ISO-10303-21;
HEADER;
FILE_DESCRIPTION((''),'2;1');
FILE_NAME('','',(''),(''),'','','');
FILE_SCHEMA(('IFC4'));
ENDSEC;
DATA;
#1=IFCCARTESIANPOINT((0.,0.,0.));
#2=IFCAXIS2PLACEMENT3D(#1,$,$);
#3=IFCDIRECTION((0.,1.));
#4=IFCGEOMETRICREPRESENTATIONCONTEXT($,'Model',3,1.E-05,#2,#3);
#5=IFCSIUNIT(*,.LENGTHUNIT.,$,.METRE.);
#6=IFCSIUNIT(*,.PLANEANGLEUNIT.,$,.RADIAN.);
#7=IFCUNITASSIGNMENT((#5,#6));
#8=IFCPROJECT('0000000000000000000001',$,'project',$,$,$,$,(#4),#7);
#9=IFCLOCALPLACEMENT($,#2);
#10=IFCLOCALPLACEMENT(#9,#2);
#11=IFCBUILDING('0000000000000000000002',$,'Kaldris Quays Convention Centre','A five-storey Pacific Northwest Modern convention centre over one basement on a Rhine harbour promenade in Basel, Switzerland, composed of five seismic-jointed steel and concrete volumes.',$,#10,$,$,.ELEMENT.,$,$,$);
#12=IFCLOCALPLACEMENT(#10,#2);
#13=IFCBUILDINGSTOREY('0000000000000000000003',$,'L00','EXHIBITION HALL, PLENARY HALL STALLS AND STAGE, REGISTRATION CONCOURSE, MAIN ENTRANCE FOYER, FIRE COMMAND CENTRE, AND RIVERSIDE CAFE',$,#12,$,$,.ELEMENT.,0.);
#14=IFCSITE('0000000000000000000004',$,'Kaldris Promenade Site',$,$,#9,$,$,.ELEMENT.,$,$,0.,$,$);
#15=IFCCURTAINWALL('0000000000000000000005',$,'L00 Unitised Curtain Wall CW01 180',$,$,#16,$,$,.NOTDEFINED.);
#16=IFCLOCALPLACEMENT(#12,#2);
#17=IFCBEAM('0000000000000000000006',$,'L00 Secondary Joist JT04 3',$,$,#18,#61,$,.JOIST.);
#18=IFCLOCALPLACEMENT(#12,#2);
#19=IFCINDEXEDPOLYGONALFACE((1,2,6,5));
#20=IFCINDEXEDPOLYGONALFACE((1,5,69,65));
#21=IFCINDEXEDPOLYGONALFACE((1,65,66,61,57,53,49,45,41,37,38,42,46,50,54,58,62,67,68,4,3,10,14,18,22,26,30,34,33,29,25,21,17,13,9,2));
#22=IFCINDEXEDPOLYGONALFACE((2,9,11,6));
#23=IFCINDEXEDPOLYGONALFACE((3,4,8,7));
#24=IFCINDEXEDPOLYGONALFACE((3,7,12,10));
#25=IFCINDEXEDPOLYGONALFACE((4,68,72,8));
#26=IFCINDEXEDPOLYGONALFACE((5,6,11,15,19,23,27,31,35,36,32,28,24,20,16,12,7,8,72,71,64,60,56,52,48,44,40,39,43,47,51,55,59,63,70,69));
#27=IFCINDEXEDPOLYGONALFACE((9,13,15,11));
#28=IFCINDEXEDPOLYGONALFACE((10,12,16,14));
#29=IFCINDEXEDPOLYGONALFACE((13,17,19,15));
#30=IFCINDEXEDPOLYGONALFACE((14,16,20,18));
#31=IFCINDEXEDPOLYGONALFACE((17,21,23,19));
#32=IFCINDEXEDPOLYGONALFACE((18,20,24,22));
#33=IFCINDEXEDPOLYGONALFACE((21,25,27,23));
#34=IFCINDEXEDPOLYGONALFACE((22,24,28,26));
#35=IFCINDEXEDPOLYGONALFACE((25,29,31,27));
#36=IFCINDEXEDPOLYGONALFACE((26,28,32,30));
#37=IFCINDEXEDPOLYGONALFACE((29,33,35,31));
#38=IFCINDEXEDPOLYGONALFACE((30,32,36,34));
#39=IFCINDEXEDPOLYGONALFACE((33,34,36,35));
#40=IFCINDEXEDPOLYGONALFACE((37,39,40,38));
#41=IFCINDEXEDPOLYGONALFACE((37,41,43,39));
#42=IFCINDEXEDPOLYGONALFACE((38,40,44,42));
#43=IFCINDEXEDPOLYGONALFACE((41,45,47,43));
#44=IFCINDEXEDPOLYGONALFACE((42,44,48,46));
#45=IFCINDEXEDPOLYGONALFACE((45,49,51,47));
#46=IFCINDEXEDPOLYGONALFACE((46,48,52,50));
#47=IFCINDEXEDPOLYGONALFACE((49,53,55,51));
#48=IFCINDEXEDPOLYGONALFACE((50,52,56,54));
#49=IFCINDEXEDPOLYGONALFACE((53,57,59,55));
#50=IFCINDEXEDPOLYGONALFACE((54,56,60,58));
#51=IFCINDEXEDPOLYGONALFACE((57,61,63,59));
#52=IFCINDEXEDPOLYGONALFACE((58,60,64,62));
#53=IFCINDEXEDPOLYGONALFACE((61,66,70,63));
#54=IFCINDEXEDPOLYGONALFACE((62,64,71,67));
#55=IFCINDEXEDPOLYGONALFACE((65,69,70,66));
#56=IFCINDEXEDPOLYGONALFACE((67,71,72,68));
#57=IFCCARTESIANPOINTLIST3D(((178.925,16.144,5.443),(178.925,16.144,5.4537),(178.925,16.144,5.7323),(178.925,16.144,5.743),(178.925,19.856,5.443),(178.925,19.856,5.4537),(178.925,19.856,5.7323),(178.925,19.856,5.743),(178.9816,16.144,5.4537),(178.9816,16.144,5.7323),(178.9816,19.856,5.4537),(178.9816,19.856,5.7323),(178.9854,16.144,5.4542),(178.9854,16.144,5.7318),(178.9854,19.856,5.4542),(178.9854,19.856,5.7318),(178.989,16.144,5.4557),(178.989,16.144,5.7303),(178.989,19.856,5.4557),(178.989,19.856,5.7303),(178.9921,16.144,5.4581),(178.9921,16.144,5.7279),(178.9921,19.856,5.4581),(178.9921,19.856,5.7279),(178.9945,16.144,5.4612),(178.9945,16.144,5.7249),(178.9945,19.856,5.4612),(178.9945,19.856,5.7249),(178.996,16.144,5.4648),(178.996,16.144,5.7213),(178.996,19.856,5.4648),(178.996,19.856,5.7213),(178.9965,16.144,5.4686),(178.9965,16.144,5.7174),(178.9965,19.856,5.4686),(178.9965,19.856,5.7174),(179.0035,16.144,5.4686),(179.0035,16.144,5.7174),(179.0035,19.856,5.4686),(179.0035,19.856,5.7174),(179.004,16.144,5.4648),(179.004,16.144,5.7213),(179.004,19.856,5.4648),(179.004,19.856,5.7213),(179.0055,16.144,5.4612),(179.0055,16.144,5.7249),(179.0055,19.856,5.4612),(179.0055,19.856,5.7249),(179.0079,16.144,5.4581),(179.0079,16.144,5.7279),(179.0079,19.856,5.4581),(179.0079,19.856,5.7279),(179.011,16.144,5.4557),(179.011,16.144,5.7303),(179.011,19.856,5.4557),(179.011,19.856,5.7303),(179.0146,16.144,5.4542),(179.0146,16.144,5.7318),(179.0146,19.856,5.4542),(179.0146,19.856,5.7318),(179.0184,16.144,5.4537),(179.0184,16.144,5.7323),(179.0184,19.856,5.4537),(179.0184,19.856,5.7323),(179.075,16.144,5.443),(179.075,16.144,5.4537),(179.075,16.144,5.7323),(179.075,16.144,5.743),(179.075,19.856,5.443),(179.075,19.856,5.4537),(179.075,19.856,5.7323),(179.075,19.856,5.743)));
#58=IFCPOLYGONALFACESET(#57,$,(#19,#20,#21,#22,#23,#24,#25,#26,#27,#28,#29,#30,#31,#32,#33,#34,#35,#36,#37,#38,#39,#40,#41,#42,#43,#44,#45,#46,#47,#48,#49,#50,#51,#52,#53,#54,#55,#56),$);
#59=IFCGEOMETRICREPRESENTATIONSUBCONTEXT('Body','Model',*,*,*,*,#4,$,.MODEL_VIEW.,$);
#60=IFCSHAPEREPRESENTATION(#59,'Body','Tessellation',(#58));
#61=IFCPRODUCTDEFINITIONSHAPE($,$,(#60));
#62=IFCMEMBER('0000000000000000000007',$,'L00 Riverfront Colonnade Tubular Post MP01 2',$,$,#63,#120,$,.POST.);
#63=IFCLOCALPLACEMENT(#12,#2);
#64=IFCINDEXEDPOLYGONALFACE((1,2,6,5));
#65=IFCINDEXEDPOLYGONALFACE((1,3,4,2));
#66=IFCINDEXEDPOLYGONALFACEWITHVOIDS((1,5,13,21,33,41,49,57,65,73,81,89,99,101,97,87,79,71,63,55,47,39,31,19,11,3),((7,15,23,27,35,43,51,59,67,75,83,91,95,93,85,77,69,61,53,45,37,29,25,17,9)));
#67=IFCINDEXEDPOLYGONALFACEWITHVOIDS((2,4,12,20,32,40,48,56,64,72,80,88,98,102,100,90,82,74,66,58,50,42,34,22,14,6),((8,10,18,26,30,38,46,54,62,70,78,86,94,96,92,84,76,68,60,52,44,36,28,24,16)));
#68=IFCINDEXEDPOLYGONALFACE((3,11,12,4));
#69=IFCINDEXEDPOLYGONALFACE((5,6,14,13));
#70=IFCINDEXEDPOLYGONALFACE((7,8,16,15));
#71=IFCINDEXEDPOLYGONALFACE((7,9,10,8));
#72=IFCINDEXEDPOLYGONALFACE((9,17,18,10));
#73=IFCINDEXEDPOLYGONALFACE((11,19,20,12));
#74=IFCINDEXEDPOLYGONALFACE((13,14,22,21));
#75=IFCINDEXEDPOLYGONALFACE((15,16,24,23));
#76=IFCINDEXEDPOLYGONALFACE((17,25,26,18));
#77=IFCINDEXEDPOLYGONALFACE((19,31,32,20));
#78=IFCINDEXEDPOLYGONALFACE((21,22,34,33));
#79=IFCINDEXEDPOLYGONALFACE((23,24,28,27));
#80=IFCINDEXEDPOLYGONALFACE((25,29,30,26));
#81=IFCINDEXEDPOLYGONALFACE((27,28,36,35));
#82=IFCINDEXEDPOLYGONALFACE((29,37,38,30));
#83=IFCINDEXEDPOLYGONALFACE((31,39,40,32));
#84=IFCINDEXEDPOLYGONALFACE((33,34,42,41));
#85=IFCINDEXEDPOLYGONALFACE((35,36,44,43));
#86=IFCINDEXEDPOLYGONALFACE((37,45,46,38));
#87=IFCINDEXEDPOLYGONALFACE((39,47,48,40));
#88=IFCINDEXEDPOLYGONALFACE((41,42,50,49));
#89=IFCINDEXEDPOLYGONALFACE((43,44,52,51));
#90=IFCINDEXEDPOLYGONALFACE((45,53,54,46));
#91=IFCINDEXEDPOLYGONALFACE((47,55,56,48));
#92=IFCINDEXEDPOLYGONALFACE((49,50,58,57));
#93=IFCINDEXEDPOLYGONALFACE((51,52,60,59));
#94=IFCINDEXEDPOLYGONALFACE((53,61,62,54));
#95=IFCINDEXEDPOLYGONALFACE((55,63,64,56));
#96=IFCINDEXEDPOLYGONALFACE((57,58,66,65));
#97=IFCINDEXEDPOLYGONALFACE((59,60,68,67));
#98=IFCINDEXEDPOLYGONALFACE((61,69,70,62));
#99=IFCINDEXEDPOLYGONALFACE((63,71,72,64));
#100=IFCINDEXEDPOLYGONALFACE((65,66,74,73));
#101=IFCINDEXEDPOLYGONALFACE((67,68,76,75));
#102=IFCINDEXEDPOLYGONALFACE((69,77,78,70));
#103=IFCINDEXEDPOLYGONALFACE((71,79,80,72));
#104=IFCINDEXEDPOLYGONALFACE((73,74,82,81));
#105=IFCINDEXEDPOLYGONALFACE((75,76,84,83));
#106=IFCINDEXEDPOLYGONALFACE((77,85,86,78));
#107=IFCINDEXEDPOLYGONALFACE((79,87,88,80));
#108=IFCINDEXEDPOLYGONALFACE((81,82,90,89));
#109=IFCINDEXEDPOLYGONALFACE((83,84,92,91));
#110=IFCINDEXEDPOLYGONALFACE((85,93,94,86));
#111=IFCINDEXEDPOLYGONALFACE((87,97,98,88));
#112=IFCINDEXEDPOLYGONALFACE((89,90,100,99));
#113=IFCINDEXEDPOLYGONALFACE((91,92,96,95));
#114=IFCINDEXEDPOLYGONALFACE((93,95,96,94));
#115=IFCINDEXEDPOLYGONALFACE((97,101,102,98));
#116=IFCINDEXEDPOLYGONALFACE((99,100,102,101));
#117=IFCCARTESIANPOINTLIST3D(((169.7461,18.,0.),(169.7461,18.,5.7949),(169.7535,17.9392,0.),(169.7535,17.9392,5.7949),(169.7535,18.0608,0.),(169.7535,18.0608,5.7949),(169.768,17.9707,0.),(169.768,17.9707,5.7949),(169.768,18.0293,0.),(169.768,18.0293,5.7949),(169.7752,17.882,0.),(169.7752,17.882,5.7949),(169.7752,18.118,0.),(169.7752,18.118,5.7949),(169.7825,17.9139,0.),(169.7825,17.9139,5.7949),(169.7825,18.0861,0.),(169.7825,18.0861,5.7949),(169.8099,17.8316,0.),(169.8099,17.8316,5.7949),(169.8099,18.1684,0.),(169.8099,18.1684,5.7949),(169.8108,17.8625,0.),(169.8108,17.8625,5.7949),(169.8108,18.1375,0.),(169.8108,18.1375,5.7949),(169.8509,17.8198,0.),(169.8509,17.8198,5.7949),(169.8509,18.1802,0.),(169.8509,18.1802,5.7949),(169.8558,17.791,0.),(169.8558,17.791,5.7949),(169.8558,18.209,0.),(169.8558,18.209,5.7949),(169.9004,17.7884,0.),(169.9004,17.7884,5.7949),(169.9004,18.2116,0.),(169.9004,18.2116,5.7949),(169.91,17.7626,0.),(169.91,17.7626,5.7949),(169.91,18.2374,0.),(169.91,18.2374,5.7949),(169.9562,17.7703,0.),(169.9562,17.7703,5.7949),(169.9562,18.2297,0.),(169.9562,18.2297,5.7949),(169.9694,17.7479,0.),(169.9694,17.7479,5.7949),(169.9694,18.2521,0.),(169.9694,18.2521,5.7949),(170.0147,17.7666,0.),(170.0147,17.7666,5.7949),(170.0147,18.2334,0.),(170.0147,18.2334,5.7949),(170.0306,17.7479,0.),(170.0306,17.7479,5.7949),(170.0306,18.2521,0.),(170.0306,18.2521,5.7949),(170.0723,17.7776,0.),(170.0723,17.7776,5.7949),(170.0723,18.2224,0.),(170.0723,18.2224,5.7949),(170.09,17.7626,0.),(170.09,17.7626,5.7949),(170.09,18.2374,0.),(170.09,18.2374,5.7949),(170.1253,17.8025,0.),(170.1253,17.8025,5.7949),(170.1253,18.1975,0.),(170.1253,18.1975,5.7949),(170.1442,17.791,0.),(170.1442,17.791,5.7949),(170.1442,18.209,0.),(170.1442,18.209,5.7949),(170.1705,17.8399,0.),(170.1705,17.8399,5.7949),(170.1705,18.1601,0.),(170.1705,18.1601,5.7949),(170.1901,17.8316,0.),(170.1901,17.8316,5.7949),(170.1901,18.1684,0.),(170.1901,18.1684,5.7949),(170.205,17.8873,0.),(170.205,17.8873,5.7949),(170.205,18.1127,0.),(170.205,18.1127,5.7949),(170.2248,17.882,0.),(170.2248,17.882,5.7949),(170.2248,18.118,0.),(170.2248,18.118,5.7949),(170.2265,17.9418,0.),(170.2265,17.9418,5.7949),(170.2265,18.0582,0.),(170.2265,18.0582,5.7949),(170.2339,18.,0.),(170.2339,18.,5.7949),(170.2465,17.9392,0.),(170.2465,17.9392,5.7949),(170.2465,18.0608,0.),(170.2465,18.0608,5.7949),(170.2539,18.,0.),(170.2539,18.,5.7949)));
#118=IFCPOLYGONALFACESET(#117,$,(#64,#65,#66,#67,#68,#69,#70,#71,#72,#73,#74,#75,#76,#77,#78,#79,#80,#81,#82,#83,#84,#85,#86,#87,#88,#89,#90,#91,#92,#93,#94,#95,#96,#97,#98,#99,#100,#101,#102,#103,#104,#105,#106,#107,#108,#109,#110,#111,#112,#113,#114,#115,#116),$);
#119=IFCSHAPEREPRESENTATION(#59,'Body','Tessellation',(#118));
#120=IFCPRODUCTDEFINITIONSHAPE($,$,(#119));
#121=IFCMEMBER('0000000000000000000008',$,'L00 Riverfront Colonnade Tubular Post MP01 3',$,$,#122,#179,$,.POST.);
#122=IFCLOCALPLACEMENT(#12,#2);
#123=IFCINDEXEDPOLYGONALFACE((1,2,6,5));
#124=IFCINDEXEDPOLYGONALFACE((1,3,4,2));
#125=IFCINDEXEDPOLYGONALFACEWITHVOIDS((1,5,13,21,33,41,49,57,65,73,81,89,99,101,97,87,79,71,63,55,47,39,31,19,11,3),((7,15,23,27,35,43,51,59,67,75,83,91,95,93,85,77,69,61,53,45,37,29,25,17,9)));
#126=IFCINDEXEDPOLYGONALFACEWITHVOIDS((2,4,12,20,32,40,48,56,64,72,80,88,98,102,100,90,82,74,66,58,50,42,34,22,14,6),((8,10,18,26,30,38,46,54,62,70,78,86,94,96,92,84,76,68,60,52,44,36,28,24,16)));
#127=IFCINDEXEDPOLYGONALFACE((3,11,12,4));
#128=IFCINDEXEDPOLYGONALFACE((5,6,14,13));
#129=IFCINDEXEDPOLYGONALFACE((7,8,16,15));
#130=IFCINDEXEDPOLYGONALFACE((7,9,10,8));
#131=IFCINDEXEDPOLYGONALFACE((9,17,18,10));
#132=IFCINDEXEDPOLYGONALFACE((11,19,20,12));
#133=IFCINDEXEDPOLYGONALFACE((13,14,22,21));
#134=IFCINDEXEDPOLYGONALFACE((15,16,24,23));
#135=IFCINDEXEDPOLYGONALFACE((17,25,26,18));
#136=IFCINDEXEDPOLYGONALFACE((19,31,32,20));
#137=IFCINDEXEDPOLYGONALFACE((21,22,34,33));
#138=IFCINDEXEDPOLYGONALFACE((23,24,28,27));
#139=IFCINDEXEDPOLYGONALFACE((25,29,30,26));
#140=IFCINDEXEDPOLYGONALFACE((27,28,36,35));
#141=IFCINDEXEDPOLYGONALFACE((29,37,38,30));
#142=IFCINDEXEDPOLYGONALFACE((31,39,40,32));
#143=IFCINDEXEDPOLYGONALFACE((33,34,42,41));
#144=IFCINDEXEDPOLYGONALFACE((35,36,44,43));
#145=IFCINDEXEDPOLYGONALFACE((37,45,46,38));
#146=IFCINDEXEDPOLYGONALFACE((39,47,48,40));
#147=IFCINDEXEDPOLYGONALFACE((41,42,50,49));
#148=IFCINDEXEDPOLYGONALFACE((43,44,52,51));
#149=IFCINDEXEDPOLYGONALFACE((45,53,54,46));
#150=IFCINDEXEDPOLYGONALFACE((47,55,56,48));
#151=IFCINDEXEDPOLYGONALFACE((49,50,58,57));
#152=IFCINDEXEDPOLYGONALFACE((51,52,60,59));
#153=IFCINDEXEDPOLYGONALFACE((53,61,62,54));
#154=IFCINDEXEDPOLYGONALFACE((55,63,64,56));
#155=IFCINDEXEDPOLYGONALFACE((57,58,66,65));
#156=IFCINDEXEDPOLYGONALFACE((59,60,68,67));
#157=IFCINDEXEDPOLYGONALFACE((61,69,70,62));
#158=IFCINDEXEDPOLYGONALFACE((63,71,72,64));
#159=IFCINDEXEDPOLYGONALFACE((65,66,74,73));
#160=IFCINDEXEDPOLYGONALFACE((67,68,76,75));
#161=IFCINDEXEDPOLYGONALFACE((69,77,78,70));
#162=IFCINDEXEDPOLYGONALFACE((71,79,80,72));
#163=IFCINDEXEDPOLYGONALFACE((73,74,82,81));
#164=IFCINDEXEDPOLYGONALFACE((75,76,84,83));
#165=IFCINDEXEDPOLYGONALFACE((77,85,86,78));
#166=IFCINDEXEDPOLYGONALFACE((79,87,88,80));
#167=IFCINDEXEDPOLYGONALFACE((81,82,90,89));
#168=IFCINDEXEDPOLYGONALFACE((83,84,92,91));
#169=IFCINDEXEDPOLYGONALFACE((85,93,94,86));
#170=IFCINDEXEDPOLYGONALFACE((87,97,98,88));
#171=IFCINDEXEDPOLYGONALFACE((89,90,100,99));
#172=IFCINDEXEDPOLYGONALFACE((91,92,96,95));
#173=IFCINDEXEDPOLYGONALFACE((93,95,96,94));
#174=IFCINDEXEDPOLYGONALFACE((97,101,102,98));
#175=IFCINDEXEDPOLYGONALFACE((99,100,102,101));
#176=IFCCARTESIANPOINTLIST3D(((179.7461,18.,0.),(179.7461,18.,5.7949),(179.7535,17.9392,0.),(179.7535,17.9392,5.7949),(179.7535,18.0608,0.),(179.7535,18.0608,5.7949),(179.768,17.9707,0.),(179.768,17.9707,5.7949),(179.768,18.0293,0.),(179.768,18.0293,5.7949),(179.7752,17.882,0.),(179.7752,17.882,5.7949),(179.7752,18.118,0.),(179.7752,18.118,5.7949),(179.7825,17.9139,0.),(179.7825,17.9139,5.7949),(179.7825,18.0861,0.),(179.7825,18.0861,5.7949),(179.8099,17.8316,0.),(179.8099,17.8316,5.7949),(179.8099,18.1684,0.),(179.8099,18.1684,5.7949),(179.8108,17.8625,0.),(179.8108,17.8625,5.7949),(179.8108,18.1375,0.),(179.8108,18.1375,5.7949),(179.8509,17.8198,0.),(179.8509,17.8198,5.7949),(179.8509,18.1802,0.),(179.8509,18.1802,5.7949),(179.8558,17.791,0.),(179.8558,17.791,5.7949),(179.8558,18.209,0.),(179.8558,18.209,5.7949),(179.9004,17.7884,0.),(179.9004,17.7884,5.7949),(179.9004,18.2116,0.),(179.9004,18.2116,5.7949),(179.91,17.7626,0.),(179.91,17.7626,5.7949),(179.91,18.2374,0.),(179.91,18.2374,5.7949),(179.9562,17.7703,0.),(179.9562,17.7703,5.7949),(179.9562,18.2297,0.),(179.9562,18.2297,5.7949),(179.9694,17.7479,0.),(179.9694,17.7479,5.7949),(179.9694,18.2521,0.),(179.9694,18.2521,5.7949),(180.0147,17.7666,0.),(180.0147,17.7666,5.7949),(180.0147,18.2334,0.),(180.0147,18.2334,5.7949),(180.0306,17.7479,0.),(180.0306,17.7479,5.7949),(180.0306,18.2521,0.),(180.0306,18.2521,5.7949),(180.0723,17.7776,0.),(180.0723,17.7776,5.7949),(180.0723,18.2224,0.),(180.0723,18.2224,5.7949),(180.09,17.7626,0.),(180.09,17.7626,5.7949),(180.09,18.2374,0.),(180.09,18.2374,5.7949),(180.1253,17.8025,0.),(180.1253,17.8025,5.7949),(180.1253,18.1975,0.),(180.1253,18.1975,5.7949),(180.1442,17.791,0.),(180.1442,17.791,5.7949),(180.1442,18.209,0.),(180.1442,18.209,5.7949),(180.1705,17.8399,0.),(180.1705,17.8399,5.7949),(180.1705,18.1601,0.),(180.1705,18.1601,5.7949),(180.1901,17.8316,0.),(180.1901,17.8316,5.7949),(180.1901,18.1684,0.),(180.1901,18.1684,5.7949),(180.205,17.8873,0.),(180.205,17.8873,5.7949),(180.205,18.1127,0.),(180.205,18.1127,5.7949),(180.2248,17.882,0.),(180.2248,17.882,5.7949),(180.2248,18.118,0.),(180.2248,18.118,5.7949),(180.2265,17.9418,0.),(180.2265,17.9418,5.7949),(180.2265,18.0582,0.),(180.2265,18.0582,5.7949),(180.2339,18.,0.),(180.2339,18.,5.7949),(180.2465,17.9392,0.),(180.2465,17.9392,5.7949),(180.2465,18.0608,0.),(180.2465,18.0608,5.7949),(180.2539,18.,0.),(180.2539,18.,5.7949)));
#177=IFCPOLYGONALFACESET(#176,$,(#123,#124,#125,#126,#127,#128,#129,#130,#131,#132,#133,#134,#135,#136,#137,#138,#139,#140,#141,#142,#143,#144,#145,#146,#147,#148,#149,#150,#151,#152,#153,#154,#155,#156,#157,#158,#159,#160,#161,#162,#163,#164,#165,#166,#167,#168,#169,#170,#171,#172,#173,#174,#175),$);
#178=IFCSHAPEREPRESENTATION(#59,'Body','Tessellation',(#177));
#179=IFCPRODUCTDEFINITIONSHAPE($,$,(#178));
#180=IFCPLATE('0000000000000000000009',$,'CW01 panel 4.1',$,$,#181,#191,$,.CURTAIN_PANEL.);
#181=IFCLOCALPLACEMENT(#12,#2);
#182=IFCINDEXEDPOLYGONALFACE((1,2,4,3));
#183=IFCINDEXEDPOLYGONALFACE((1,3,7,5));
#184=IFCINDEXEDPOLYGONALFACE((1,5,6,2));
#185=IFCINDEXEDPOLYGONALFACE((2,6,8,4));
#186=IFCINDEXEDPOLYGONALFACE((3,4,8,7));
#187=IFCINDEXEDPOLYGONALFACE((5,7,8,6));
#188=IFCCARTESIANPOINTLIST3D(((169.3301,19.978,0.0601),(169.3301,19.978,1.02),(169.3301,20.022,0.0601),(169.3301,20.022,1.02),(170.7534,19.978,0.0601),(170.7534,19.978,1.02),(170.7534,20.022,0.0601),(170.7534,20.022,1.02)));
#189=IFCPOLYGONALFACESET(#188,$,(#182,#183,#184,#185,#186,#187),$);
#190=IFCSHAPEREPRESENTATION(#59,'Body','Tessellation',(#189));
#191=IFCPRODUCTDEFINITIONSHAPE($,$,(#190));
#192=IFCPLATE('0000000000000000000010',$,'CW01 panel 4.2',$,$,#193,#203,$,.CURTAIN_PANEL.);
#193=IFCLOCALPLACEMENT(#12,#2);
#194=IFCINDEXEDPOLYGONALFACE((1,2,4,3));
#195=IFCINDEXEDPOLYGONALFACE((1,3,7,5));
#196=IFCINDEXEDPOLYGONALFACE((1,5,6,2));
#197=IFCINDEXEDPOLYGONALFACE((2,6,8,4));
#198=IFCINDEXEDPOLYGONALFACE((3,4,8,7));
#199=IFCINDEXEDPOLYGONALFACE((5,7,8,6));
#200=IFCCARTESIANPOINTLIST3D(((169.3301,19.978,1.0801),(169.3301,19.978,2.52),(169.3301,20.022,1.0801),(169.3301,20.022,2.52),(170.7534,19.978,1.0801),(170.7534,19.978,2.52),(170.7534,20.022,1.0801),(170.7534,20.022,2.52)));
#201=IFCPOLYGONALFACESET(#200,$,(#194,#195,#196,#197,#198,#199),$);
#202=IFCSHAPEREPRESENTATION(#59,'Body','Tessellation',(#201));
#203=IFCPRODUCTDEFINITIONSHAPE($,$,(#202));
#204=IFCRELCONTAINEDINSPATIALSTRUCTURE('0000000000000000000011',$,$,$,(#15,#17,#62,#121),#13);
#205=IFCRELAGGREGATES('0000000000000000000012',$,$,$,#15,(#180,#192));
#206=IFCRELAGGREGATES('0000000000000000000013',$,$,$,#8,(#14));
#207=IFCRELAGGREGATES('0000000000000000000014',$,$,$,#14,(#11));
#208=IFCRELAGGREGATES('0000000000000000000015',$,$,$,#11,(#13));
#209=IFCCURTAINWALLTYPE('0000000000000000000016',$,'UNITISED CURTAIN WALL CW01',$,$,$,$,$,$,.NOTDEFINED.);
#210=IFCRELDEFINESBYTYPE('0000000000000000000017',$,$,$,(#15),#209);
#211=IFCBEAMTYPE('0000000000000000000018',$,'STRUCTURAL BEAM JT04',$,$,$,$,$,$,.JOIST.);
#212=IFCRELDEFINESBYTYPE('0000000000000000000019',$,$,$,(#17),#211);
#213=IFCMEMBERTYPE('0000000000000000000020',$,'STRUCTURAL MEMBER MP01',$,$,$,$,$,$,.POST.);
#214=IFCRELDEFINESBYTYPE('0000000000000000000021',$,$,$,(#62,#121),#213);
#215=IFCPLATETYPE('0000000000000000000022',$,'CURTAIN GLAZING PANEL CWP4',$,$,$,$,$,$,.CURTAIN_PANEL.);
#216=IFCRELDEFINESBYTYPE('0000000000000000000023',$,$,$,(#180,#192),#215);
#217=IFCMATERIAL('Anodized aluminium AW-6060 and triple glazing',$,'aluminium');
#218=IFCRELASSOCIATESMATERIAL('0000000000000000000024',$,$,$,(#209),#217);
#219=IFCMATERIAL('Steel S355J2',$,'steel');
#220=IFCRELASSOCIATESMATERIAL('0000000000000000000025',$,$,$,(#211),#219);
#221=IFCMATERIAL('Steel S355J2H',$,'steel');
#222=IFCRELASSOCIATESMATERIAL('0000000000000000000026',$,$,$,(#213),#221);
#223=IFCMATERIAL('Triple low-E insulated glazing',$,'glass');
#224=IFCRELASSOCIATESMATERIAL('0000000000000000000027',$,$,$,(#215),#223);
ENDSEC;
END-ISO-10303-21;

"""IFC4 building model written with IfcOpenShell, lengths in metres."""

from ifc_helpers import new_model, si_unit, direction, frame, origin, origin_2d, place, context, subcontext, project, spatial, rectangle, hollow_circle, i_section, extrude, material, material_profile, profile_set, type_object, element, aggregate, save


model = new_model("IFC4")

# Units and contexts
model_context = context("Model", 3, precision=1e-05, world=origin(), true_north=direction((0.0, 1.0)))
body_context = subcontext(model_context, "Body", "Model", "MODEL_VIEW")
ifc_project = project(units=[si_unit("LENGTHUNIT", "METRE"), si_unit("PLANEANGLEUNIT", "RADIAN")], contexts=[model_context])

# Site, building, storey
site_placement = place(None, origin())
site = spatial("IfcSite", under=ifc_project, at=site_placement, Name="Kaldris Promenade Site", CompositionType="ELEMENT", RefElevation=0.0)
building_placement = place(site_placement, origin())
building = spatial("IfcBuilding", under=site, at=building_placement, Name="Kaldris Quays Convention Centre", Description="A five-storey Pacific Northwest Modern convention centre over one basement on a Rhine harbour promenade in Basel, Switzerland, composed of five seismic-jointed steel and concrete volumes.", CompositionType="ELEMENT")
storey_placement = place(building_placement, origin())
storey = spatial("IfcBuildingStorey", under=building, at=storey_placement, Name="L00", Description="EXHIBITION HALL, PLENARY HALL STALLS AND STAGE, REGISTRATION CONCOURSE, MAIN ENTRANCE FOYER, FIRE COMMAND CENTRE, AND RIVERSIDE CAFE", CompositionType="ELEMENT", Elevation=0.0)

# Shared definitions
ifc_material_1 = material(Name="Steel S355J2", Category="steel")

# Curtain wall
ifc_material_2 = material(Name="Anodized aluminium AW-6060 and triple glazing", Category="aluminium")
curtain_wall_type = type_object("IfcCurtainWallType", Name="UNITISED CURTAIN WALL CW01", PredefinedType="NOTDEFINED", material=ifc_material_2)
curtain_wall_placement = place(storey_placement, origin())
curtain_wall = element("IfcCurtainWall", 1, at=curtain_wall_placement, inside=storey, type_object=curtain_wall_type, Name="L00 Unitised Curtain Wall CW01 180", PredefinedType="NOTDEFINED")

# Beam
ifc_material_profile_1 = material_profile(ifc_material_1, i_section(OverallWidth=0.1499, OverallDepth=0.3, WebThickness=0.0071, FlangeThickness=0.0107, FilletRadius=0.0149, at=origin_2d()), Name="IPE 300")
ifc_profile_set_1 = profile_set([ifc_material_profile_1], Name="Steel S355J2")
beam_type_1 = type_object("IfcBeamType", Name="STRUCTURAL BEAM JT04", PredefinedType="JOIST", material=ifc_profile_set_1)
beam_1_placement = place(storey_placement, frame((179.0, 16.144, 5.593), z_axis=(0.0, 1.0, 0.0), x_axis=(-1.0, 0.0, 0.0)))
element("IfcBeam", 2, at=beam_1_placement, inside=storey, type_object=beam_type_1, Name="L00 Secondary Joist JT04 3", PredefinedType="JOIST", context=body_context, shape_type="SweptSolid", body=[
    extrude(i_section(OverallWidth=0.1499, OverallDepth=0.3, WebThickness=0.0071, FlangeThickness=0.0107, FilletRadius=0.0149, at=origin_2d()), origin(), (0.0, 0.0, 1.0), 3.7119),
])

# Members
ifc_material_3 = material(Name="Steel S355J2H", Category="steel")
ifc_material_profile_2 = material_profile(ifc_material_3, hollow_circle(Radius=0.2539, WallThickness=0.02, at=origin_2d()), Name="CHS 508x20")
ifc_profile_set_2 = profile_set([ifc_material_profile_2], Name="Steel S355J2H")
member_type_1 = type_object("IfcMemberType", Name="STRUCTURAL MEMBER MP01", PredefinedType="POST", material=ifc_profile_set_2)
for number, where, z_axis, x_axis, name in (
    (3, (170.0, 18.0, 0.0), (0.0, 0.0, 1.0), (1.0, 0.0, 0.0), "L00 Riverfront Colonnade Tubular Post MP01 2"),
    (4, (180.0, 18.0, 0.0), (0.0, 0.0, 1.0), (1.0, 0.0, 0.0), "L00 Riverfront Colonnade Tubular Post MP01 3"),
):
    element("IfcMember", number, at=place(storey_placement, frame(where, z_axis=z_axis, x_axis=x_axis)), inside=storey, type_object=member_type_1, Name=name, PredefinedType="POST", context=body_context, shape_type="SweptSolid", body=[
        extrude(hollow_circle(Radius=0.2539, WallThickness=0.02, at=origin_2d()), origin(), (0.0, 0.0, 1.0), 5.7949),
    ])

# Plates
ifc_material_4 = material(Name="Triple low-E insulated glazing", Category="glass")
plate_type_1 = type_object("IfcPlateType", Name="CURTAIN GLAZING PANEL CWP4", PredefinedType="CURTAIN_PANEL", material=ifc_material_4)
plate_1_placement = place(storey_placement, frame((170.0417, 20.0, 0.0601), z_axis=(0.0, 0.0, 1.0), x_axis=(1.0, 0.0, 0.0)))
plate_1 = element("IfcPlate", 5, at=plate_1_placement, type_object=plate_type_1, Name="CW01 panel 4.1", PredefinedType="CURTAIN_PANEL", context=body_context, shape_type="SweptSolid", body=[
    extrude(rectangle(XDim=1.4233, YDim=0.0439, at=origin_2d()), origin(), (0.0, 0.0, 1.0), 0.96),
])
plate_2_placement = place(storey_placement, frame((170.0417, 20.0, 1.0801), z_axis=(0.0, 0.0, 1.0), x_axis=(1.0, 0.0, 0.0)))
plate_2 = element("IfcPlate", 6, at=plate_2_placement, type_object=plate_type_1, Name="CW01 panel 4.2", PredefinedType="CURTAIN_PANEL", context=body_context, shape_type="SweptSolid", body=[
    extrude(rectangle(XDim=1.4233, YDim=0.0439, at=origin_2d()), origin(), (0.0, 0.0, 1.0), 1.4399),
])
aggregate(curtain_wall, [plate_1, plate_2])

save(model, "model.ifc")
